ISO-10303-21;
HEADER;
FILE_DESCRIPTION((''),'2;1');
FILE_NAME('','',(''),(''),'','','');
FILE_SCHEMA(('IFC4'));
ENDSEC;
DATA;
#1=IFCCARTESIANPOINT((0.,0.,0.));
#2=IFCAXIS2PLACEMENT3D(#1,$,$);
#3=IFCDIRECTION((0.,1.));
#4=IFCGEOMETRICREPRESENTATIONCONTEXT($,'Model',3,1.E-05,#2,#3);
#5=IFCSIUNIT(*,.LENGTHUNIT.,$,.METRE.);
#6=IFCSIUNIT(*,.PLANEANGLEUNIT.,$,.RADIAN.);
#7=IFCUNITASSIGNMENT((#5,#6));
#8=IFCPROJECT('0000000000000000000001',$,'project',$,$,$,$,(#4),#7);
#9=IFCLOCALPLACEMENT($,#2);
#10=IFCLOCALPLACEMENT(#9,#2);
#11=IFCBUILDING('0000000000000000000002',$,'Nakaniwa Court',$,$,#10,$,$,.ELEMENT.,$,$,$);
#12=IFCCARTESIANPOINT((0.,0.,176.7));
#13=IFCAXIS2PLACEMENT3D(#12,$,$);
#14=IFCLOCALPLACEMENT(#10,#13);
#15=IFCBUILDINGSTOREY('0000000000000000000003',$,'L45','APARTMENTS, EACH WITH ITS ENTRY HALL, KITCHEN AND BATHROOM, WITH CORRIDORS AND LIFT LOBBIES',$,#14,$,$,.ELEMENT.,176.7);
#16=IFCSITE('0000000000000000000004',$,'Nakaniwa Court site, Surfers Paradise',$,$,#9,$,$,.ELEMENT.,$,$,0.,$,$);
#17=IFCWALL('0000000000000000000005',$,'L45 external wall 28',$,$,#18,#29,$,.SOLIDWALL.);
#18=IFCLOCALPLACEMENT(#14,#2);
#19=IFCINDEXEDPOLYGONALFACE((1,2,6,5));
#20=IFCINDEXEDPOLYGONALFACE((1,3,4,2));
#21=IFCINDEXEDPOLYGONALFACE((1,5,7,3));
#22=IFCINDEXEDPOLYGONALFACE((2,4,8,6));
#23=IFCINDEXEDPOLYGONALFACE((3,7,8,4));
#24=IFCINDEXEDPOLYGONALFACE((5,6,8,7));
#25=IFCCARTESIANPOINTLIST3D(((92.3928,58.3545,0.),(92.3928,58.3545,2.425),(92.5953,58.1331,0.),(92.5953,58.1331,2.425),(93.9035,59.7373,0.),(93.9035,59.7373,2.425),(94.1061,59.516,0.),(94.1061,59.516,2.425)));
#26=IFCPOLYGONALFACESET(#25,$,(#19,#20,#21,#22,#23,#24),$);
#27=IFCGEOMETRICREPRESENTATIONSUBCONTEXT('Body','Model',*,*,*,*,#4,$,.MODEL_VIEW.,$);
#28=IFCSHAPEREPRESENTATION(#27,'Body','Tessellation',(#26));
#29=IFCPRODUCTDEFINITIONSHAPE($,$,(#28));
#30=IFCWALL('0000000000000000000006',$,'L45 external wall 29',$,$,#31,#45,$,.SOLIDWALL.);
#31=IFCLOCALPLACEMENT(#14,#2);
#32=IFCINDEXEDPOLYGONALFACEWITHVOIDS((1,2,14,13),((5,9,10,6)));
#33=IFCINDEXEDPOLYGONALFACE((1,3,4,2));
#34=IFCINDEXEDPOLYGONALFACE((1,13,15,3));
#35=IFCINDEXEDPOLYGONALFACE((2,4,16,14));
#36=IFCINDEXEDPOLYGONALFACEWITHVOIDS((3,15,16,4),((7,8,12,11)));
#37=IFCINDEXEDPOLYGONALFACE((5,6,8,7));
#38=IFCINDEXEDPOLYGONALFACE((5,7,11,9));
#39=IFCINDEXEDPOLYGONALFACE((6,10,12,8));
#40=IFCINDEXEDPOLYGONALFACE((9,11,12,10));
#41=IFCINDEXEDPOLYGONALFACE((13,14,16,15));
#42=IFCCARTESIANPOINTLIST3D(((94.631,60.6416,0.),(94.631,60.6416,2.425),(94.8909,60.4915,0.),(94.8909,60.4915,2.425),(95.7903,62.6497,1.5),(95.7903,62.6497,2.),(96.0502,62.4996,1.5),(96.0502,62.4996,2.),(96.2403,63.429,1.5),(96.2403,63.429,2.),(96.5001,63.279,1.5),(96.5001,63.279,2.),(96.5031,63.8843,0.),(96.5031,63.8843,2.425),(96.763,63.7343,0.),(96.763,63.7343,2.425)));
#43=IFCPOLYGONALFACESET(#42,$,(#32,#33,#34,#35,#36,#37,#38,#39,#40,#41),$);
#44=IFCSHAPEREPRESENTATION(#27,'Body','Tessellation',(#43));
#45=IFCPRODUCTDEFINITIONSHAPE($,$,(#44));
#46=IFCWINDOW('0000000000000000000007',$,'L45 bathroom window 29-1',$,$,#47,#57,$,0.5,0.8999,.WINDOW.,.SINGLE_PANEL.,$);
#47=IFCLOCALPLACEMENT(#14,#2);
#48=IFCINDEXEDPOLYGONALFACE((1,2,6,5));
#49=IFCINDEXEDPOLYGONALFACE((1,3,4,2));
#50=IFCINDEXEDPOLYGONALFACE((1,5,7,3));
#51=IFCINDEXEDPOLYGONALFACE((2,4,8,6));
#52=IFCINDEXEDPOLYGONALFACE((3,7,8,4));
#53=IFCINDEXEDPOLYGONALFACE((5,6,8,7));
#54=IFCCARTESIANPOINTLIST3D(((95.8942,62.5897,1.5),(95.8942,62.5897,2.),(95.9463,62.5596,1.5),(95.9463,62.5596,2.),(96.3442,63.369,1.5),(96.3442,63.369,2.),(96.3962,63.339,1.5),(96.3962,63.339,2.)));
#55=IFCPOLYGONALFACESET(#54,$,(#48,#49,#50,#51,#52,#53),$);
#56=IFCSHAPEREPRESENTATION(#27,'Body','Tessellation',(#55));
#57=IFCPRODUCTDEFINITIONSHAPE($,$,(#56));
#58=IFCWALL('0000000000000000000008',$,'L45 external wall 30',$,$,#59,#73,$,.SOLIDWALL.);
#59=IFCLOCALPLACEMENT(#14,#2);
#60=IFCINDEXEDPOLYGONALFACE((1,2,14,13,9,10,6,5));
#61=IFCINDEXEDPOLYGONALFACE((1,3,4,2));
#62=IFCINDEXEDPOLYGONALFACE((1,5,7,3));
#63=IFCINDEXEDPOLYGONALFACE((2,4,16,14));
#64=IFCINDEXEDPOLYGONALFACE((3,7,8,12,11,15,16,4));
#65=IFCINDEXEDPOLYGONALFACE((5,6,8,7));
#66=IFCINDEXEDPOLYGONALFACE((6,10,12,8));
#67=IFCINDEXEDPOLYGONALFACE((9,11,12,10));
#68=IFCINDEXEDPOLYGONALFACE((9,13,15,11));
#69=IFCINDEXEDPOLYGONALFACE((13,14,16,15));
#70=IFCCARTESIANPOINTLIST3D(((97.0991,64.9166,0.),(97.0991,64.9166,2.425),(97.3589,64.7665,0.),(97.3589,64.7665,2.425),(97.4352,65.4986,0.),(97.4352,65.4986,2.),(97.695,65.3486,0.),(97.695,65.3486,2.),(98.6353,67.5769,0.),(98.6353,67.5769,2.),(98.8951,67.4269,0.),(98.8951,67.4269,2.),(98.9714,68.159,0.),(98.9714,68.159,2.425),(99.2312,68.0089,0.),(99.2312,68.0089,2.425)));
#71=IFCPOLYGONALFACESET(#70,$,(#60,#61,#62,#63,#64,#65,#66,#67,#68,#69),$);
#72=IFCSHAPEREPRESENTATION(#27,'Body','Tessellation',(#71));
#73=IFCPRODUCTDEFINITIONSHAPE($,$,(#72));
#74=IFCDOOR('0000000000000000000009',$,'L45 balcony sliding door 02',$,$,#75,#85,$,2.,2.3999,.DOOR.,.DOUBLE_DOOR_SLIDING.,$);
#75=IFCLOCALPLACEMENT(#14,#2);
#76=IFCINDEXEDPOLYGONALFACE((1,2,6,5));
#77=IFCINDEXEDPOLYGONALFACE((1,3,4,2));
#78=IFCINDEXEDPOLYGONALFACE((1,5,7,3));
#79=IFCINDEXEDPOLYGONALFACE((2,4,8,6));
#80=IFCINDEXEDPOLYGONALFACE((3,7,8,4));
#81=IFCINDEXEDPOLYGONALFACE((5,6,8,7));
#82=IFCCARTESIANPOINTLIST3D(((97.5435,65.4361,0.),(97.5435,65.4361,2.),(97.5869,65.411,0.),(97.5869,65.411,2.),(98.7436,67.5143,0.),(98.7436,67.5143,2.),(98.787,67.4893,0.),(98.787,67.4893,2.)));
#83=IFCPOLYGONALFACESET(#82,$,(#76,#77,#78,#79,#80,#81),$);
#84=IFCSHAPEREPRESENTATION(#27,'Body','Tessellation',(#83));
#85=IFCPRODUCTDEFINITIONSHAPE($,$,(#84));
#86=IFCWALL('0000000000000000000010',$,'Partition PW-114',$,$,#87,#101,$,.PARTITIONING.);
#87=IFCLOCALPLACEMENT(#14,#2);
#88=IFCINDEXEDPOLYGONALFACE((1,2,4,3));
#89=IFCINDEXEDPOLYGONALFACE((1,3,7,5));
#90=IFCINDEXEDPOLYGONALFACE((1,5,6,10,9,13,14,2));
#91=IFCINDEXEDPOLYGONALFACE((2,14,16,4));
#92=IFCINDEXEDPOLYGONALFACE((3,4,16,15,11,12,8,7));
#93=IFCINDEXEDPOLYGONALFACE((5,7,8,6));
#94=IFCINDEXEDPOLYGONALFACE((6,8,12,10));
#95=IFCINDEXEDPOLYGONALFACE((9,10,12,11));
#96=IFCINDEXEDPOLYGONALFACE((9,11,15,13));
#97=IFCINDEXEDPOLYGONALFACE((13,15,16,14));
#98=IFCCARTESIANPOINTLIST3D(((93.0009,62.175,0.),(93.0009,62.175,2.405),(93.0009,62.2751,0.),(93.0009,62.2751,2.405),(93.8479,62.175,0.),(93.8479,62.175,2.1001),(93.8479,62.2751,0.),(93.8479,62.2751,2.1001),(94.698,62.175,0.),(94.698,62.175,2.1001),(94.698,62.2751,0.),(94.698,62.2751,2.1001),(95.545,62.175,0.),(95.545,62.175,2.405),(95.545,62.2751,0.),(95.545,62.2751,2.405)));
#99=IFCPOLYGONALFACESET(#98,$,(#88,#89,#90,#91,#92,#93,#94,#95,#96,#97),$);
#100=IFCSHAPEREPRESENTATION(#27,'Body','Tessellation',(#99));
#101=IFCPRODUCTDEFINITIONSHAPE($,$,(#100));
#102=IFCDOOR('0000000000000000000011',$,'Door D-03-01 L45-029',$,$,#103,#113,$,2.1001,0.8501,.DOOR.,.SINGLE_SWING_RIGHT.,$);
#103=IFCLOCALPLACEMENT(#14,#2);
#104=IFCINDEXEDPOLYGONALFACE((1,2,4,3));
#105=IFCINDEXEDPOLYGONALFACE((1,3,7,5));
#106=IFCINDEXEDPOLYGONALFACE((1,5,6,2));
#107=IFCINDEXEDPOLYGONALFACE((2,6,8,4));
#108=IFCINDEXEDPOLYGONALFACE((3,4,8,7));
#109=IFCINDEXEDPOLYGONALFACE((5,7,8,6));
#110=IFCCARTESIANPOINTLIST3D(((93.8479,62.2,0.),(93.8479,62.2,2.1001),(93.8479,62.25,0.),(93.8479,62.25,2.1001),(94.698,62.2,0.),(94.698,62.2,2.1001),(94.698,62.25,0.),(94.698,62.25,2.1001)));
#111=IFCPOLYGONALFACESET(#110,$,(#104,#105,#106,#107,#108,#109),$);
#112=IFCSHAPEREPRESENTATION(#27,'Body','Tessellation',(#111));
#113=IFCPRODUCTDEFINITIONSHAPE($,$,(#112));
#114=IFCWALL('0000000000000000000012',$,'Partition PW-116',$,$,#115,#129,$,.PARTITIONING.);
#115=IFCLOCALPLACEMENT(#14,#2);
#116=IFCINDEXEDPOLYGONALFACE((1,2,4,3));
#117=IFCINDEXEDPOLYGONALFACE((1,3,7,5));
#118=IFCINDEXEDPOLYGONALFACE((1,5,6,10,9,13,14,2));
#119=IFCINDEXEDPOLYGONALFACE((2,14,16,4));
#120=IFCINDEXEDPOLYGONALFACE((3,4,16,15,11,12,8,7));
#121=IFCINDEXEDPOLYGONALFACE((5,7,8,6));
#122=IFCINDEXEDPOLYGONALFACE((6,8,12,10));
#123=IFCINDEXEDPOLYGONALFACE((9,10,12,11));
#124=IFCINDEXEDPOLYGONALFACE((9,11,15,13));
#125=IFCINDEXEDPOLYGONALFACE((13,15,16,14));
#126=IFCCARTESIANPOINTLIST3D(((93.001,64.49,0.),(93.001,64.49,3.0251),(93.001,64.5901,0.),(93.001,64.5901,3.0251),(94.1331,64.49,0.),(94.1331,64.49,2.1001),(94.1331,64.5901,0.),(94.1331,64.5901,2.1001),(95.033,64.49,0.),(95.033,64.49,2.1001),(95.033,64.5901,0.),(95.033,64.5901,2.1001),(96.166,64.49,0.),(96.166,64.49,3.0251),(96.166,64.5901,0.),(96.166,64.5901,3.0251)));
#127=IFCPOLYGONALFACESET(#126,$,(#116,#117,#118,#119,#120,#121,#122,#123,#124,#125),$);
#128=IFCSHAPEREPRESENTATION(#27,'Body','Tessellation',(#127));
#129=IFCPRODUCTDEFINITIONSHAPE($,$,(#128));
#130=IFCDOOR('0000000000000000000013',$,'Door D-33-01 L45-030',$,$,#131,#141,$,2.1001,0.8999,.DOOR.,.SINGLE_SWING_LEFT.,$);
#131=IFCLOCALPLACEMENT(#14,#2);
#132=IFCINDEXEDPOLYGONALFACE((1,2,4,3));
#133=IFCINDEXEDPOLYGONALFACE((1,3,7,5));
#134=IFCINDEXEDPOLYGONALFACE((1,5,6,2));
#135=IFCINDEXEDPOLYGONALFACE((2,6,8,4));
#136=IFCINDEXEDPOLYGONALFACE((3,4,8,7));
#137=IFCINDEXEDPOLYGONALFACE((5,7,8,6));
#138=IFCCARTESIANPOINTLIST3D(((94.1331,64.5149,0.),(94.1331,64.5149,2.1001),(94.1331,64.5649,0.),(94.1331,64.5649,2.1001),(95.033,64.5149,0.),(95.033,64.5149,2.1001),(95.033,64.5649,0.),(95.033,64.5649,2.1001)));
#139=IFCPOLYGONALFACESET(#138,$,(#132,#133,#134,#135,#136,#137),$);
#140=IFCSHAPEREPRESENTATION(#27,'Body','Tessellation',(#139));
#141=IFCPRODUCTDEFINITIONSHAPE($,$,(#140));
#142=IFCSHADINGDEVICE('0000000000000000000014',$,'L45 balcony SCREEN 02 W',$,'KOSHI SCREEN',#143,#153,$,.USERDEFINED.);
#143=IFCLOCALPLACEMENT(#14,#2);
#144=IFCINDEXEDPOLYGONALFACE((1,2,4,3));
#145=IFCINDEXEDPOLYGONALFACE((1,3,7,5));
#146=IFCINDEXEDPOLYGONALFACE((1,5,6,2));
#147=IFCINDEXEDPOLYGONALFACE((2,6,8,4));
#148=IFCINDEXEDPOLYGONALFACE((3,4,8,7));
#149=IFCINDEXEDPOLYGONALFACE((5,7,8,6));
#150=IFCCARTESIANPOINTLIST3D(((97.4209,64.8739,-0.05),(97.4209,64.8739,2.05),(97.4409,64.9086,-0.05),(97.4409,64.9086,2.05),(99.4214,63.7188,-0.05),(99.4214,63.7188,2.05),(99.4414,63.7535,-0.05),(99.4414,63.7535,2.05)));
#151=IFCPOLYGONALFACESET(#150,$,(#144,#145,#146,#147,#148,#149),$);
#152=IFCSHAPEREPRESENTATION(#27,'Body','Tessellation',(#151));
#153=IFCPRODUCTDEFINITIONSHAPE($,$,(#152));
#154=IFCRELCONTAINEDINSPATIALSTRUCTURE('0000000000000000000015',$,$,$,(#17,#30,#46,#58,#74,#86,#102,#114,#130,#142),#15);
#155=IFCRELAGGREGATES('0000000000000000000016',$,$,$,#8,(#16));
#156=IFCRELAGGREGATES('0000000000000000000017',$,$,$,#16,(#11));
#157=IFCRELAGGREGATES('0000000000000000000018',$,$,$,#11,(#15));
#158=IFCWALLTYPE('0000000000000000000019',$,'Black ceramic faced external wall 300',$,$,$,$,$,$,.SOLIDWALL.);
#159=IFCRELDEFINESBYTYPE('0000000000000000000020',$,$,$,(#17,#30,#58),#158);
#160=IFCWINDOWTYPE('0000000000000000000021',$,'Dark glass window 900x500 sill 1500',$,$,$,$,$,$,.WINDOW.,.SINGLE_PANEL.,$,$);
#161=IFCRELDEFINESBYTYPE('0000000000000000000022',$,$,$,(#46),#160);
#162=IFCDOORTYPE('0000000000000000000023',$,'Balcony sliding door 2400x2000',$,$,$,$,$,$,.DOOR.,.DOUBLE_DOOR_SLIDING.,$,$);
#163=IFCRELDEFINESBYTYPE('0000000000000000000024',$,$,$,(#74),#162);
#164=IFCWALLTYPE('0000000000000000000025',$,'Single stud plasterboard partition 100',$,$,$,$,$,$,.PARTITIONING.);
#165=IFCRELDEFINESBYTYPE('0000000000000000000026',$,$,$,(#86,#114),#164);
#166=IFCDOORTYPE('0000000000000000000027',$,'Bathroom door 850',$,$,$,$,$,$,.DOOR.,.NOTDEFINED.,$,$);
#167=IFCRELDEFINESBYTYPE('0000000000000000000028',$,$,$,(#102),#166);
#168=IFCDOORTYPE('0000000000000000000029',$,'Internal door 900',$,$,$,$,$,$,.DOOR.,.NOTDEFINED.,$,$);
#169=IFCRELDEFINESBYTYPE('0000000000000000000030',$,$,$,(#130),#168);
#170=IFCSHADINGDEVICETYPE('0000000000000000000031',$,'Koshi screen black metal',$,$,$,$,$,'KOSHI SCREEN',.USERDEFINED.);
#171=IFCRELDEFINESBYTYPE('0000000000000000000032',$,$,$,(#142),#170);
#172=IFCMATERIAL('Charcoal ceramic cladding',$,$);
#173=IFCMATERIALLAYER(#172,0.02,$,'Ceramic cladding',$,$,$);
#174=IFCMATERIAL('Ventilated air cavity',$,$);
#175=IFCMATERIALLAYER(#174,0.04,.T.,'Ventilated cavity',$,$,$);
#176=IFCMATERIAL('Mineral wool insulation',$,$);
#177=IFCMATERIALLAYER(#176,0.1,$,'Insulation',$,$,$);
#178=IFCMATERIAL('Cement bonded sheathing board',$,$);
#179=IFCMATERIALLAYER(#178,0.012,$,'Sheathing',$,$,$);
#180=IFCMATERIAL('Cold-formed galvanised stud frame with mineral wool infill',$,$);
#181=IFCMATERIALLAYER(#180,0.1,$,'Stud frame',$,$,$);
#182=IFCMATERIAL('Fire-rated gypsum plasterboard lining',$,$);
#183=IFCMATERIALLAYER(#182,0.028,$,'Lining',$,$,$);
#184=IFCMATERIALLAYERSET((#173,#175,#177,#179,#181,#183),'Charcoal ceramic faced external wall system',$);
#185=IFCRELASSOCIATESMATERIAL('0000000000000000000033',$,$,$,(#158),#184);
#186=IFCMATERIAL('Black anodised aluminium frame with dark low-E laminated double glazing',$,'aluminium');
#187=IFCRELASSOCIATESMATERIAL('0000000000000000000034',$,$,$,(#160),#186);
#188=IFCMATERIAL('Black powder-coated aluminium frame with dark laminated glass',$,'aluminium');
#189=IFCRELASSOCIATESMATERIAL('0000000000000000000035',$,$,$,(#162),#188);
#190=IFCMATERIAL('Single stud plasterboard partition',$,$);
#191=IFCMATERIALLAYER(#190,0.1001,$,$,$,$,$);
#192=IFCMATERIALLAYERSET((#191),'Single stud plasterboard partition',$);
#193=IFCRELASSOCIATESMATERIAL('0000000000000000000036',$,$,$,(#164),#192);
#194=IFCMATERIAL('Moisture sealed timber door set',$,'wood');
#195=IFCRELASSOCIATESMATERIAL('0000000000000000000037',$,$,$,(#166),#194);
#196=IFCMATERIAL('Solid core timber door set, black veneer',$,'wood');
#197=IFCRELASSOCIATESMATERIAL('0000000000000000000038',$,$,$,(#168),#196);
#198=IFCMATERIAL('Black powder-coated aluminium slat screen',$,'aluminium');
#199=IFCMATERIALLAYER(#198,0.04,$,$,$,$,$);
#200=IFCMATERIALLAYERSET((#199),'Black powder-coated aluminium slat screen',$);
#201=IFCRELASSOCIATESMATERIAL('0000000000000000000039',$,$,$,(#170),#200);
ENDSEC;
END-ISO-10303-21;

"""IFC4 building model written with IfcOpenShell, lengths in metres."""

from ifc_helpers import new_model, si_unit, direction, frame, frame_2d, origin, origin_2d, place, context, subcontext, project, spatial, rectangle, extrude, material, layer, layer_set, type_object, element, fill, save


model = new_model("IFC4")

# Units and contexts
model_context = context("Model", 3, precision=1e-05, world=origin(), true_north=direction((0.0, 1.0)))
body_context = subcontext(model_context, "Body", "Model", "MODEL_VIEW")
ifc_project = project(units=[si_unit("LENGTHUNIT", "METRE"), si_unit("PLANEANGLEUNIT", "RADIAN")], contexts=[model_context])

# Site, building, storey
site_placement = place(None, origin())
site = spatial("IfcSite", under=ifc_project, at=site_placement, Name="Nakaniwa Court site, Surfers Paradise", CompositionType="ELEMENT", RefElevation=0.0)
building_placement = place(site_placement, origin())
building = spatial("IfcBuilding", under=site, at=building_placement, Name="Nakaniwa Court", CompositionType="ELEMENT")
storey_placement = place(building_placement, frame((0.0, 0.0, 176.7)))
storey = spatial("IfcBuildingStorey", under=building, at=storey_placement, Name="L45", Description="APARTMENTS, EACH WITH ITS ENTRY HALL, KITCHEN AND BATHROOM, WITH CORRIDORS AND LIFT LOBBIES", CompositionType="ELEMENT", Elevation=176.7)

# Shared definitions
ifc_material_1 = material(Name="Solid core timber door set, black veneer", Category="wood")

# Shared definitions
ifc_material_2 = material(Name="Charcoal ceramic cladding")
ifc_layer_1 = layer(ifc_material_2, 0.02, Name="Ceramic cladding")
ifc_material_3 = material(Name="Ventilated air cavity")
ifc_layer_2 = layer(ifc_material_3, 0.04, ventilated=True, Name="Ventilated cavity")
ifc_material_4 = material(Name="Mineral wool insulation")
ifc_layer_3 = layer(ifc_material_4, 0.1, Name="Insulation")
ifc_material_5 = material(Name="Cement bonded sheathing board")
ifc_layer_4 = layer(ifc_material_5, 0.012, Name="Sheathing")
ifc_material_6 = material(Name="Cold-formed galvanised stud frame with mineral wool infill")
ifc_layer_5 = layer(ifc_material_6, 0.1, Name="Stud frame")
ifc_material_7 = material(Name="Fire-rated gypsum plasterboard lining")
ifc_layer_6 = layer(ifc_material_7, 0.028, Name="Lining")
ifc_layer_set_1 = layer_set([ifc_layer_1, ifc_layer_2, ifc_layer_3, ifc_layer_4, ifc_layer_5, ifc_layer_6], Name="Charcoal ceramic faced external wall system")
wall_type_1 = type_object("IfcWallType", Name="Black ceramic faced external wall 300", PredefinedType="SOLIDWALL", material=ifc_layer_set_1)
ifc_material_8 = material(Name="Black anodised aluminium frame with dark low-E laminated double glazing", Category="aluminium")

# Wall
wall_1_placement = place(storey_placement, frame((92.4941, 58.2439, 0.0), z_axis=(0.0, 0.0, 1.0), x_axis=(0.737649, 0.675185, 0.0)))
element("IfcWall", 1, at=wall_1_placement, inside=storey, type_object=wall_type_1, Name="L45 external wall 28", PredefinedType="SOLIDWALL", context=body_context, shape_type="SweptSolid", body=[
    extrude(rectangle(XDim=2.0481, YDim=0.3, at=frame_2d((1.0239, 0.0))), origin(), (0.0, 0.0, 1.0), 2.425),
])

# Wall, opening, window
wall_2_placement = place(storey_placement, frame((94.761, 60.5667, 0.0), z_axis=(0.0, 0.0, 1.0), x_axis=(0.499982, 0.866036, 0.0)))
wall_2 = element("IfcWall", 2, at=wall_2_placement, inside=storey, type_object=wall_type_1, Name="L45 external wall 29", PredefinedType="SOLIDWALL", context=body_context, shape_type="SweptSolid", body=[
    extrude(rectangle(XDim=3.7444, YDim=0.3, at=frame_2d((1.8721, 0.0))), origin(), (0.0, 0.0, 1.0), 2.425),
])
opening_1_placement = place(wall_2_placement, frame((2.3186, 0.0, 1.5)))
opening_1 = element("IfcOpeningElement", 3, at=opening_1_placement, cuts=wall_2, PredefinedType="OPENING", context=body_context, shape_type="SweptSolid", body=[
    extrude(rectangle(XDim=0.8999, YDim=0.5, at=frame_2d((0.45, 0.25))), frame((0.0, 0.1599, 0.0), z_axis=(0.0, -1.0, 0.0), x_axis=(1.0, 0.0, 0.0)), (0.0, 0.0, 1.0), 0.3201),
])
window_type_1 = type_object("IfcWindowType", Name="Dark glass window 900x500 sill 1500", PartitioningType="SINGLE_PANEL", PredefinedType="WINDOW", material=ifc_material_8)
window_1_placement = place(opening_1_placement, origin())
window_1 = element("IfcWindow", 4, at=window_1_placement, inside=storey, type_object=window_type_1, Name="L45 bathroom window 29-1", OverallHeight=0.5, OverallWidth=0.8999, PartitioningType="SINGLE_PANEL", PredefinedType="WINDOW", context=body_context, shape_type="SweptSolid", body=[
    extrude(rectangle(XDim=0.8999, YDim=0.5, at=frame_2d((0.45, 0.25))), frame((0.0, 0.03, 0.0), z_axis=(0.0, -1.0, 0.0), x_axis=(1.0, 0.0, 0.0)), (0.0, 0.0, 1.0), 0.0601),
])
fill(opening_1, window_1)

# Walls, openings, doors
wall_3_placement = place(storey_placement, frame((97.229, 64.8416, 0.0), z_axis=(0.0, 0.0, 1.0), x_axis=(0.500059, 0.865991, 0.0)))
wall_3 = element("IfcWall", 5, at=wall_3_placement, inside=storey, type_object=wall_type_1, Name="L45 external wall 30", PredefinedType="SOLIDWALL", context=body_context, shape_type="SweptSolid", body=[
    extrude(rectangle(XDim=3.7441, YDim=0.3, at=frame_2d((1.8721, 0.0))), origin(), (0.0, 0.0, 1.0), 2.425),
])
opening_2_placement = place(wall_3_placement, frame((0.6721, 0.0, 0.0)))
opening_2 = element("IfcOpeningElement", 6, at=opening_2_placement, cuts=wall_3, PredefinedType="OPENING", context=body_context, shape_type="SweptSolid", body=[
    extrude(rectangle(XDim=2.3999, YDim=2.0, at=frame_2d((1.2, 1.0))), frame((0.0, 0.1599, 0.0), z_axis=(0.0, -1.0, 0.0), x_axis=(1.0, 0.0, 0.0)), (0.0, 0.0, 1.0), 0.3201),
])
ifc_material_9 = material(Name="Black powder-coated aluminium frame with dark laminated glass", Category="aluminium")
door_type_1 = type_object("IfcDoorType", Name="Balcony sliding door 2400x2000", OperationType="DOUBLE_DOOR_SLIDING", PredefinedType="DOOR", material=ifc_material_9)
door_1_placement = place(opening_2_placement, origin())
door_1 = element("IfcDoor", 7, at=door_1_placement, inside=storey, type_object=door_type_1, Name="L45 balcony sliding door 02", OperationType="DOUBLE_DOOR_SLIDING", OverallHeight=2.0, OverallWidth=2.3999, PredefinedType="DOOR", context=body_context, shape_type="SweptSolid", body=[
    extrude(rectangle(XDim=2.3999, YDim=2.0, at=frame_2d((1.2, 1.0))), frame((0.0, 0.0249, 0.0), z_axis=(0.0, -1.0, 0.0), x_axis=(1.0, 0.0, 0.0)), (0.0, 0.0, 1.0), 0.05),
])
fill(opening_2, door_1)
ifc_material_10 = material(Name="Single stud plasterboard partition")
ifc_layer_7 = layer(ifc_material_10, 0.1001)
ifc_layer_set_2 = layer_set([ifc_layer_7], Name="Single stud plasterboard partition")
wall_type_2 = type_object("IfcWallType", Name="Single stud plasterboard partition 100", PredefinedType="PARTITIONING", material=ifc_layer_set_2)
wall_4_placement = place(storey_placement, frame((93.001, 62.2251, 0.0), z_axis=(0.0, 0.0, 1.0), x_axis=(1.0, 0.0, 0.0)))
wall_4 = element("IfcWall", 8, at=wall_4_placement, inside=storey, type_object=wall_type_2, Name="Partition PW-114", PredefinedType="PARTITIONING", context=body_context, shape_type="SweptSolid", body=[
    extrude(rectangle(XDim=2.5442, YDim=0.1001, at=frame_2d((1.272, 0.0))), origin(), (0.0, 0.0, 1.0), 2.405),
])
opening_3_placement = place(wall_4_placement, frame((0.8469, 0.0, 0.0)))
opening_3 = element("IfcOpeningElement", 9, at=opening_3_placement, cuts=wall_4, PredefinedType="OPENING", context=body_context, shape_type="SweptSolid", body=[
    extrude(rectangle(XDim=0.8501, YDim=2.1001, at=frame_2d((0.425, 1.05))), frame((0.0, 0.0601, 0.0), z_axis=(0.0, -1.0, 0.0), x_axis=(1.0, 0.0, 0.0)), (0.0, 0.0, 1.0), 0.1201),
])
ifc_material_11 = material(Name="Moisture sealed timber door set", Category="wood")
door_type_2 = type_object("IfcDoorType", Name="Bathroom door 850", OperationType="NOTDEFINED", PredefinedType="DOOR", material=ifc_material_11)
door_2_placement = place(opening_3_placement, origin())
door_2 = element("IfcDoor", 10, at=door_2_placement, inside=storey, type_object=door_type_2, Name="Door D-03-01 L45-029", OperationType="SINGLE_SWING_RIGHT", OverallHeight=2.1001, OverallWidth=0.8501, PredefinedType="DOOR", context=body_context, shape_type="SweptSolid", body=[
    extrude(rectangle(XDim=0.8501, YDim=2.1001, at=frame_2d((0.425, 1.05))), frame((0.0, 0.0249, 0.0), z_axis=(0.0, -1.0, 0.0), x_axis=(1.0, 0.0, 0.0)), (0.0, 0.0, 1.0), 0.05),
])
fill(opening_3, door_2)
wall_5_placement = place(storey_placement, frame((93.001, 64.54, 0.0), z_axis=(0.0, 0.0, 1.0), x_axis=(1.0, 0.0, 0.0)))
wall_5 = element("IfcWall", 11, at=wall_5_placement, inside=storey, type_object=wall_type_2, Name="Partition PW-116", PredefinedType="PARTITIONING", context=body_context, shape_type="SweptSolid", body=[
    extrude(rectangle(XDim=3.165, YDim=0.1001, at=frame_2d((1.5825, 0.0))), origin(), (0.0, 0.0, 1.0), 3.0251),
])
opening_4_placement = place(wall_5_placement, frame((1.1321, 0.0, 0.0)))
opening_4 = element("IfcOpeningElement", 12, at=opening_4_placement, cuts=wall_5, PredefinedType="OPENING", context=body_context, shape_type="SweptSolid", body=[
    extrude(rectangle(XDim=0.8999, YDim=2.1001, at=frame_2d((0.45, 1.05))), frame((0.0, 0.0601, 0.0), z_axis=(0.0, -1.0, 0.0), x_axis=(1.0, 0.0, 0.0)), (0.0, 0.0, 1.0), 0.1201),
])
door_type_3 = type_object("IfcDoorType", Name="Internal door 900", OperationType="NOTDEFINED", PredefinedType="DOOR", material=ifc_material_1)
door_3_placement = place(opening_4_placement, origin())
door_3 = element("IfcDoor", 13, at=door_3_placement, inside=storey, type_object=door_type_3, Name="Door D-33-01 L45-030", OperationType="SINGLE_SWING_LEFT", OverallHeight=2.1001, OverallWidth=0.8999, PredefinedType="DOOR", context=body_context, shape_type="SweptSolid", body=[
    extrude(rectangle(XDim=0.8999, YDim=2.1001, at=frame_2d((0.45, 1.05))), frame((0.0, 0.0249, 0.0), z_axis=(0.0, -1.0, 0.0), x_axis=(1.0, 0.0, 0.0)), (0.0, 0.0, 1.0), 0.05),
])
fill(opening_4, door_3)

# Shading device
ifc_material_12 = material(Name="Black powder-coated aluminium slat screen", Category="aluminium")
ifc_layer_8 = layer(ifc_material_12, 0.04)
ifc_layer_set_3 = layer_set([ifc_layer_8], Name="Black powder-coated aluminium slat screen")
shading_device_type_1 = type_object("IfcShadingDeviceType", Name="Koshi screen black metal", ElementType="KOSHI SCREEN", PredefinedType="USERDEFINED", material=ifc_layer_set_3)
shading_device_placement = place(storey_placement, frame((98.4312, 64.3137, -0.05), z_axis=(0.0, 0.0, 1.0), x_axis=(0.500017, 0.866016, 0.0)))
element("IfcShadingDevice", 14, at=shading_device_placement, inside=storey, type_object=shading_device_type_1, Name="L45 balcony SCREEN 02 W", ObjectType="KOSHI SCREEN", PredefinedType="USERDEFINED", context=body_context, shape_type="SweptSolid", body=[
    extrude(rectangle(XDim=0.04, YDim=2.3101, at=origin_2d()), origin(), (0.0, 0.0, 1.0), 2.1001),
])

save(model, "model.ifc")
